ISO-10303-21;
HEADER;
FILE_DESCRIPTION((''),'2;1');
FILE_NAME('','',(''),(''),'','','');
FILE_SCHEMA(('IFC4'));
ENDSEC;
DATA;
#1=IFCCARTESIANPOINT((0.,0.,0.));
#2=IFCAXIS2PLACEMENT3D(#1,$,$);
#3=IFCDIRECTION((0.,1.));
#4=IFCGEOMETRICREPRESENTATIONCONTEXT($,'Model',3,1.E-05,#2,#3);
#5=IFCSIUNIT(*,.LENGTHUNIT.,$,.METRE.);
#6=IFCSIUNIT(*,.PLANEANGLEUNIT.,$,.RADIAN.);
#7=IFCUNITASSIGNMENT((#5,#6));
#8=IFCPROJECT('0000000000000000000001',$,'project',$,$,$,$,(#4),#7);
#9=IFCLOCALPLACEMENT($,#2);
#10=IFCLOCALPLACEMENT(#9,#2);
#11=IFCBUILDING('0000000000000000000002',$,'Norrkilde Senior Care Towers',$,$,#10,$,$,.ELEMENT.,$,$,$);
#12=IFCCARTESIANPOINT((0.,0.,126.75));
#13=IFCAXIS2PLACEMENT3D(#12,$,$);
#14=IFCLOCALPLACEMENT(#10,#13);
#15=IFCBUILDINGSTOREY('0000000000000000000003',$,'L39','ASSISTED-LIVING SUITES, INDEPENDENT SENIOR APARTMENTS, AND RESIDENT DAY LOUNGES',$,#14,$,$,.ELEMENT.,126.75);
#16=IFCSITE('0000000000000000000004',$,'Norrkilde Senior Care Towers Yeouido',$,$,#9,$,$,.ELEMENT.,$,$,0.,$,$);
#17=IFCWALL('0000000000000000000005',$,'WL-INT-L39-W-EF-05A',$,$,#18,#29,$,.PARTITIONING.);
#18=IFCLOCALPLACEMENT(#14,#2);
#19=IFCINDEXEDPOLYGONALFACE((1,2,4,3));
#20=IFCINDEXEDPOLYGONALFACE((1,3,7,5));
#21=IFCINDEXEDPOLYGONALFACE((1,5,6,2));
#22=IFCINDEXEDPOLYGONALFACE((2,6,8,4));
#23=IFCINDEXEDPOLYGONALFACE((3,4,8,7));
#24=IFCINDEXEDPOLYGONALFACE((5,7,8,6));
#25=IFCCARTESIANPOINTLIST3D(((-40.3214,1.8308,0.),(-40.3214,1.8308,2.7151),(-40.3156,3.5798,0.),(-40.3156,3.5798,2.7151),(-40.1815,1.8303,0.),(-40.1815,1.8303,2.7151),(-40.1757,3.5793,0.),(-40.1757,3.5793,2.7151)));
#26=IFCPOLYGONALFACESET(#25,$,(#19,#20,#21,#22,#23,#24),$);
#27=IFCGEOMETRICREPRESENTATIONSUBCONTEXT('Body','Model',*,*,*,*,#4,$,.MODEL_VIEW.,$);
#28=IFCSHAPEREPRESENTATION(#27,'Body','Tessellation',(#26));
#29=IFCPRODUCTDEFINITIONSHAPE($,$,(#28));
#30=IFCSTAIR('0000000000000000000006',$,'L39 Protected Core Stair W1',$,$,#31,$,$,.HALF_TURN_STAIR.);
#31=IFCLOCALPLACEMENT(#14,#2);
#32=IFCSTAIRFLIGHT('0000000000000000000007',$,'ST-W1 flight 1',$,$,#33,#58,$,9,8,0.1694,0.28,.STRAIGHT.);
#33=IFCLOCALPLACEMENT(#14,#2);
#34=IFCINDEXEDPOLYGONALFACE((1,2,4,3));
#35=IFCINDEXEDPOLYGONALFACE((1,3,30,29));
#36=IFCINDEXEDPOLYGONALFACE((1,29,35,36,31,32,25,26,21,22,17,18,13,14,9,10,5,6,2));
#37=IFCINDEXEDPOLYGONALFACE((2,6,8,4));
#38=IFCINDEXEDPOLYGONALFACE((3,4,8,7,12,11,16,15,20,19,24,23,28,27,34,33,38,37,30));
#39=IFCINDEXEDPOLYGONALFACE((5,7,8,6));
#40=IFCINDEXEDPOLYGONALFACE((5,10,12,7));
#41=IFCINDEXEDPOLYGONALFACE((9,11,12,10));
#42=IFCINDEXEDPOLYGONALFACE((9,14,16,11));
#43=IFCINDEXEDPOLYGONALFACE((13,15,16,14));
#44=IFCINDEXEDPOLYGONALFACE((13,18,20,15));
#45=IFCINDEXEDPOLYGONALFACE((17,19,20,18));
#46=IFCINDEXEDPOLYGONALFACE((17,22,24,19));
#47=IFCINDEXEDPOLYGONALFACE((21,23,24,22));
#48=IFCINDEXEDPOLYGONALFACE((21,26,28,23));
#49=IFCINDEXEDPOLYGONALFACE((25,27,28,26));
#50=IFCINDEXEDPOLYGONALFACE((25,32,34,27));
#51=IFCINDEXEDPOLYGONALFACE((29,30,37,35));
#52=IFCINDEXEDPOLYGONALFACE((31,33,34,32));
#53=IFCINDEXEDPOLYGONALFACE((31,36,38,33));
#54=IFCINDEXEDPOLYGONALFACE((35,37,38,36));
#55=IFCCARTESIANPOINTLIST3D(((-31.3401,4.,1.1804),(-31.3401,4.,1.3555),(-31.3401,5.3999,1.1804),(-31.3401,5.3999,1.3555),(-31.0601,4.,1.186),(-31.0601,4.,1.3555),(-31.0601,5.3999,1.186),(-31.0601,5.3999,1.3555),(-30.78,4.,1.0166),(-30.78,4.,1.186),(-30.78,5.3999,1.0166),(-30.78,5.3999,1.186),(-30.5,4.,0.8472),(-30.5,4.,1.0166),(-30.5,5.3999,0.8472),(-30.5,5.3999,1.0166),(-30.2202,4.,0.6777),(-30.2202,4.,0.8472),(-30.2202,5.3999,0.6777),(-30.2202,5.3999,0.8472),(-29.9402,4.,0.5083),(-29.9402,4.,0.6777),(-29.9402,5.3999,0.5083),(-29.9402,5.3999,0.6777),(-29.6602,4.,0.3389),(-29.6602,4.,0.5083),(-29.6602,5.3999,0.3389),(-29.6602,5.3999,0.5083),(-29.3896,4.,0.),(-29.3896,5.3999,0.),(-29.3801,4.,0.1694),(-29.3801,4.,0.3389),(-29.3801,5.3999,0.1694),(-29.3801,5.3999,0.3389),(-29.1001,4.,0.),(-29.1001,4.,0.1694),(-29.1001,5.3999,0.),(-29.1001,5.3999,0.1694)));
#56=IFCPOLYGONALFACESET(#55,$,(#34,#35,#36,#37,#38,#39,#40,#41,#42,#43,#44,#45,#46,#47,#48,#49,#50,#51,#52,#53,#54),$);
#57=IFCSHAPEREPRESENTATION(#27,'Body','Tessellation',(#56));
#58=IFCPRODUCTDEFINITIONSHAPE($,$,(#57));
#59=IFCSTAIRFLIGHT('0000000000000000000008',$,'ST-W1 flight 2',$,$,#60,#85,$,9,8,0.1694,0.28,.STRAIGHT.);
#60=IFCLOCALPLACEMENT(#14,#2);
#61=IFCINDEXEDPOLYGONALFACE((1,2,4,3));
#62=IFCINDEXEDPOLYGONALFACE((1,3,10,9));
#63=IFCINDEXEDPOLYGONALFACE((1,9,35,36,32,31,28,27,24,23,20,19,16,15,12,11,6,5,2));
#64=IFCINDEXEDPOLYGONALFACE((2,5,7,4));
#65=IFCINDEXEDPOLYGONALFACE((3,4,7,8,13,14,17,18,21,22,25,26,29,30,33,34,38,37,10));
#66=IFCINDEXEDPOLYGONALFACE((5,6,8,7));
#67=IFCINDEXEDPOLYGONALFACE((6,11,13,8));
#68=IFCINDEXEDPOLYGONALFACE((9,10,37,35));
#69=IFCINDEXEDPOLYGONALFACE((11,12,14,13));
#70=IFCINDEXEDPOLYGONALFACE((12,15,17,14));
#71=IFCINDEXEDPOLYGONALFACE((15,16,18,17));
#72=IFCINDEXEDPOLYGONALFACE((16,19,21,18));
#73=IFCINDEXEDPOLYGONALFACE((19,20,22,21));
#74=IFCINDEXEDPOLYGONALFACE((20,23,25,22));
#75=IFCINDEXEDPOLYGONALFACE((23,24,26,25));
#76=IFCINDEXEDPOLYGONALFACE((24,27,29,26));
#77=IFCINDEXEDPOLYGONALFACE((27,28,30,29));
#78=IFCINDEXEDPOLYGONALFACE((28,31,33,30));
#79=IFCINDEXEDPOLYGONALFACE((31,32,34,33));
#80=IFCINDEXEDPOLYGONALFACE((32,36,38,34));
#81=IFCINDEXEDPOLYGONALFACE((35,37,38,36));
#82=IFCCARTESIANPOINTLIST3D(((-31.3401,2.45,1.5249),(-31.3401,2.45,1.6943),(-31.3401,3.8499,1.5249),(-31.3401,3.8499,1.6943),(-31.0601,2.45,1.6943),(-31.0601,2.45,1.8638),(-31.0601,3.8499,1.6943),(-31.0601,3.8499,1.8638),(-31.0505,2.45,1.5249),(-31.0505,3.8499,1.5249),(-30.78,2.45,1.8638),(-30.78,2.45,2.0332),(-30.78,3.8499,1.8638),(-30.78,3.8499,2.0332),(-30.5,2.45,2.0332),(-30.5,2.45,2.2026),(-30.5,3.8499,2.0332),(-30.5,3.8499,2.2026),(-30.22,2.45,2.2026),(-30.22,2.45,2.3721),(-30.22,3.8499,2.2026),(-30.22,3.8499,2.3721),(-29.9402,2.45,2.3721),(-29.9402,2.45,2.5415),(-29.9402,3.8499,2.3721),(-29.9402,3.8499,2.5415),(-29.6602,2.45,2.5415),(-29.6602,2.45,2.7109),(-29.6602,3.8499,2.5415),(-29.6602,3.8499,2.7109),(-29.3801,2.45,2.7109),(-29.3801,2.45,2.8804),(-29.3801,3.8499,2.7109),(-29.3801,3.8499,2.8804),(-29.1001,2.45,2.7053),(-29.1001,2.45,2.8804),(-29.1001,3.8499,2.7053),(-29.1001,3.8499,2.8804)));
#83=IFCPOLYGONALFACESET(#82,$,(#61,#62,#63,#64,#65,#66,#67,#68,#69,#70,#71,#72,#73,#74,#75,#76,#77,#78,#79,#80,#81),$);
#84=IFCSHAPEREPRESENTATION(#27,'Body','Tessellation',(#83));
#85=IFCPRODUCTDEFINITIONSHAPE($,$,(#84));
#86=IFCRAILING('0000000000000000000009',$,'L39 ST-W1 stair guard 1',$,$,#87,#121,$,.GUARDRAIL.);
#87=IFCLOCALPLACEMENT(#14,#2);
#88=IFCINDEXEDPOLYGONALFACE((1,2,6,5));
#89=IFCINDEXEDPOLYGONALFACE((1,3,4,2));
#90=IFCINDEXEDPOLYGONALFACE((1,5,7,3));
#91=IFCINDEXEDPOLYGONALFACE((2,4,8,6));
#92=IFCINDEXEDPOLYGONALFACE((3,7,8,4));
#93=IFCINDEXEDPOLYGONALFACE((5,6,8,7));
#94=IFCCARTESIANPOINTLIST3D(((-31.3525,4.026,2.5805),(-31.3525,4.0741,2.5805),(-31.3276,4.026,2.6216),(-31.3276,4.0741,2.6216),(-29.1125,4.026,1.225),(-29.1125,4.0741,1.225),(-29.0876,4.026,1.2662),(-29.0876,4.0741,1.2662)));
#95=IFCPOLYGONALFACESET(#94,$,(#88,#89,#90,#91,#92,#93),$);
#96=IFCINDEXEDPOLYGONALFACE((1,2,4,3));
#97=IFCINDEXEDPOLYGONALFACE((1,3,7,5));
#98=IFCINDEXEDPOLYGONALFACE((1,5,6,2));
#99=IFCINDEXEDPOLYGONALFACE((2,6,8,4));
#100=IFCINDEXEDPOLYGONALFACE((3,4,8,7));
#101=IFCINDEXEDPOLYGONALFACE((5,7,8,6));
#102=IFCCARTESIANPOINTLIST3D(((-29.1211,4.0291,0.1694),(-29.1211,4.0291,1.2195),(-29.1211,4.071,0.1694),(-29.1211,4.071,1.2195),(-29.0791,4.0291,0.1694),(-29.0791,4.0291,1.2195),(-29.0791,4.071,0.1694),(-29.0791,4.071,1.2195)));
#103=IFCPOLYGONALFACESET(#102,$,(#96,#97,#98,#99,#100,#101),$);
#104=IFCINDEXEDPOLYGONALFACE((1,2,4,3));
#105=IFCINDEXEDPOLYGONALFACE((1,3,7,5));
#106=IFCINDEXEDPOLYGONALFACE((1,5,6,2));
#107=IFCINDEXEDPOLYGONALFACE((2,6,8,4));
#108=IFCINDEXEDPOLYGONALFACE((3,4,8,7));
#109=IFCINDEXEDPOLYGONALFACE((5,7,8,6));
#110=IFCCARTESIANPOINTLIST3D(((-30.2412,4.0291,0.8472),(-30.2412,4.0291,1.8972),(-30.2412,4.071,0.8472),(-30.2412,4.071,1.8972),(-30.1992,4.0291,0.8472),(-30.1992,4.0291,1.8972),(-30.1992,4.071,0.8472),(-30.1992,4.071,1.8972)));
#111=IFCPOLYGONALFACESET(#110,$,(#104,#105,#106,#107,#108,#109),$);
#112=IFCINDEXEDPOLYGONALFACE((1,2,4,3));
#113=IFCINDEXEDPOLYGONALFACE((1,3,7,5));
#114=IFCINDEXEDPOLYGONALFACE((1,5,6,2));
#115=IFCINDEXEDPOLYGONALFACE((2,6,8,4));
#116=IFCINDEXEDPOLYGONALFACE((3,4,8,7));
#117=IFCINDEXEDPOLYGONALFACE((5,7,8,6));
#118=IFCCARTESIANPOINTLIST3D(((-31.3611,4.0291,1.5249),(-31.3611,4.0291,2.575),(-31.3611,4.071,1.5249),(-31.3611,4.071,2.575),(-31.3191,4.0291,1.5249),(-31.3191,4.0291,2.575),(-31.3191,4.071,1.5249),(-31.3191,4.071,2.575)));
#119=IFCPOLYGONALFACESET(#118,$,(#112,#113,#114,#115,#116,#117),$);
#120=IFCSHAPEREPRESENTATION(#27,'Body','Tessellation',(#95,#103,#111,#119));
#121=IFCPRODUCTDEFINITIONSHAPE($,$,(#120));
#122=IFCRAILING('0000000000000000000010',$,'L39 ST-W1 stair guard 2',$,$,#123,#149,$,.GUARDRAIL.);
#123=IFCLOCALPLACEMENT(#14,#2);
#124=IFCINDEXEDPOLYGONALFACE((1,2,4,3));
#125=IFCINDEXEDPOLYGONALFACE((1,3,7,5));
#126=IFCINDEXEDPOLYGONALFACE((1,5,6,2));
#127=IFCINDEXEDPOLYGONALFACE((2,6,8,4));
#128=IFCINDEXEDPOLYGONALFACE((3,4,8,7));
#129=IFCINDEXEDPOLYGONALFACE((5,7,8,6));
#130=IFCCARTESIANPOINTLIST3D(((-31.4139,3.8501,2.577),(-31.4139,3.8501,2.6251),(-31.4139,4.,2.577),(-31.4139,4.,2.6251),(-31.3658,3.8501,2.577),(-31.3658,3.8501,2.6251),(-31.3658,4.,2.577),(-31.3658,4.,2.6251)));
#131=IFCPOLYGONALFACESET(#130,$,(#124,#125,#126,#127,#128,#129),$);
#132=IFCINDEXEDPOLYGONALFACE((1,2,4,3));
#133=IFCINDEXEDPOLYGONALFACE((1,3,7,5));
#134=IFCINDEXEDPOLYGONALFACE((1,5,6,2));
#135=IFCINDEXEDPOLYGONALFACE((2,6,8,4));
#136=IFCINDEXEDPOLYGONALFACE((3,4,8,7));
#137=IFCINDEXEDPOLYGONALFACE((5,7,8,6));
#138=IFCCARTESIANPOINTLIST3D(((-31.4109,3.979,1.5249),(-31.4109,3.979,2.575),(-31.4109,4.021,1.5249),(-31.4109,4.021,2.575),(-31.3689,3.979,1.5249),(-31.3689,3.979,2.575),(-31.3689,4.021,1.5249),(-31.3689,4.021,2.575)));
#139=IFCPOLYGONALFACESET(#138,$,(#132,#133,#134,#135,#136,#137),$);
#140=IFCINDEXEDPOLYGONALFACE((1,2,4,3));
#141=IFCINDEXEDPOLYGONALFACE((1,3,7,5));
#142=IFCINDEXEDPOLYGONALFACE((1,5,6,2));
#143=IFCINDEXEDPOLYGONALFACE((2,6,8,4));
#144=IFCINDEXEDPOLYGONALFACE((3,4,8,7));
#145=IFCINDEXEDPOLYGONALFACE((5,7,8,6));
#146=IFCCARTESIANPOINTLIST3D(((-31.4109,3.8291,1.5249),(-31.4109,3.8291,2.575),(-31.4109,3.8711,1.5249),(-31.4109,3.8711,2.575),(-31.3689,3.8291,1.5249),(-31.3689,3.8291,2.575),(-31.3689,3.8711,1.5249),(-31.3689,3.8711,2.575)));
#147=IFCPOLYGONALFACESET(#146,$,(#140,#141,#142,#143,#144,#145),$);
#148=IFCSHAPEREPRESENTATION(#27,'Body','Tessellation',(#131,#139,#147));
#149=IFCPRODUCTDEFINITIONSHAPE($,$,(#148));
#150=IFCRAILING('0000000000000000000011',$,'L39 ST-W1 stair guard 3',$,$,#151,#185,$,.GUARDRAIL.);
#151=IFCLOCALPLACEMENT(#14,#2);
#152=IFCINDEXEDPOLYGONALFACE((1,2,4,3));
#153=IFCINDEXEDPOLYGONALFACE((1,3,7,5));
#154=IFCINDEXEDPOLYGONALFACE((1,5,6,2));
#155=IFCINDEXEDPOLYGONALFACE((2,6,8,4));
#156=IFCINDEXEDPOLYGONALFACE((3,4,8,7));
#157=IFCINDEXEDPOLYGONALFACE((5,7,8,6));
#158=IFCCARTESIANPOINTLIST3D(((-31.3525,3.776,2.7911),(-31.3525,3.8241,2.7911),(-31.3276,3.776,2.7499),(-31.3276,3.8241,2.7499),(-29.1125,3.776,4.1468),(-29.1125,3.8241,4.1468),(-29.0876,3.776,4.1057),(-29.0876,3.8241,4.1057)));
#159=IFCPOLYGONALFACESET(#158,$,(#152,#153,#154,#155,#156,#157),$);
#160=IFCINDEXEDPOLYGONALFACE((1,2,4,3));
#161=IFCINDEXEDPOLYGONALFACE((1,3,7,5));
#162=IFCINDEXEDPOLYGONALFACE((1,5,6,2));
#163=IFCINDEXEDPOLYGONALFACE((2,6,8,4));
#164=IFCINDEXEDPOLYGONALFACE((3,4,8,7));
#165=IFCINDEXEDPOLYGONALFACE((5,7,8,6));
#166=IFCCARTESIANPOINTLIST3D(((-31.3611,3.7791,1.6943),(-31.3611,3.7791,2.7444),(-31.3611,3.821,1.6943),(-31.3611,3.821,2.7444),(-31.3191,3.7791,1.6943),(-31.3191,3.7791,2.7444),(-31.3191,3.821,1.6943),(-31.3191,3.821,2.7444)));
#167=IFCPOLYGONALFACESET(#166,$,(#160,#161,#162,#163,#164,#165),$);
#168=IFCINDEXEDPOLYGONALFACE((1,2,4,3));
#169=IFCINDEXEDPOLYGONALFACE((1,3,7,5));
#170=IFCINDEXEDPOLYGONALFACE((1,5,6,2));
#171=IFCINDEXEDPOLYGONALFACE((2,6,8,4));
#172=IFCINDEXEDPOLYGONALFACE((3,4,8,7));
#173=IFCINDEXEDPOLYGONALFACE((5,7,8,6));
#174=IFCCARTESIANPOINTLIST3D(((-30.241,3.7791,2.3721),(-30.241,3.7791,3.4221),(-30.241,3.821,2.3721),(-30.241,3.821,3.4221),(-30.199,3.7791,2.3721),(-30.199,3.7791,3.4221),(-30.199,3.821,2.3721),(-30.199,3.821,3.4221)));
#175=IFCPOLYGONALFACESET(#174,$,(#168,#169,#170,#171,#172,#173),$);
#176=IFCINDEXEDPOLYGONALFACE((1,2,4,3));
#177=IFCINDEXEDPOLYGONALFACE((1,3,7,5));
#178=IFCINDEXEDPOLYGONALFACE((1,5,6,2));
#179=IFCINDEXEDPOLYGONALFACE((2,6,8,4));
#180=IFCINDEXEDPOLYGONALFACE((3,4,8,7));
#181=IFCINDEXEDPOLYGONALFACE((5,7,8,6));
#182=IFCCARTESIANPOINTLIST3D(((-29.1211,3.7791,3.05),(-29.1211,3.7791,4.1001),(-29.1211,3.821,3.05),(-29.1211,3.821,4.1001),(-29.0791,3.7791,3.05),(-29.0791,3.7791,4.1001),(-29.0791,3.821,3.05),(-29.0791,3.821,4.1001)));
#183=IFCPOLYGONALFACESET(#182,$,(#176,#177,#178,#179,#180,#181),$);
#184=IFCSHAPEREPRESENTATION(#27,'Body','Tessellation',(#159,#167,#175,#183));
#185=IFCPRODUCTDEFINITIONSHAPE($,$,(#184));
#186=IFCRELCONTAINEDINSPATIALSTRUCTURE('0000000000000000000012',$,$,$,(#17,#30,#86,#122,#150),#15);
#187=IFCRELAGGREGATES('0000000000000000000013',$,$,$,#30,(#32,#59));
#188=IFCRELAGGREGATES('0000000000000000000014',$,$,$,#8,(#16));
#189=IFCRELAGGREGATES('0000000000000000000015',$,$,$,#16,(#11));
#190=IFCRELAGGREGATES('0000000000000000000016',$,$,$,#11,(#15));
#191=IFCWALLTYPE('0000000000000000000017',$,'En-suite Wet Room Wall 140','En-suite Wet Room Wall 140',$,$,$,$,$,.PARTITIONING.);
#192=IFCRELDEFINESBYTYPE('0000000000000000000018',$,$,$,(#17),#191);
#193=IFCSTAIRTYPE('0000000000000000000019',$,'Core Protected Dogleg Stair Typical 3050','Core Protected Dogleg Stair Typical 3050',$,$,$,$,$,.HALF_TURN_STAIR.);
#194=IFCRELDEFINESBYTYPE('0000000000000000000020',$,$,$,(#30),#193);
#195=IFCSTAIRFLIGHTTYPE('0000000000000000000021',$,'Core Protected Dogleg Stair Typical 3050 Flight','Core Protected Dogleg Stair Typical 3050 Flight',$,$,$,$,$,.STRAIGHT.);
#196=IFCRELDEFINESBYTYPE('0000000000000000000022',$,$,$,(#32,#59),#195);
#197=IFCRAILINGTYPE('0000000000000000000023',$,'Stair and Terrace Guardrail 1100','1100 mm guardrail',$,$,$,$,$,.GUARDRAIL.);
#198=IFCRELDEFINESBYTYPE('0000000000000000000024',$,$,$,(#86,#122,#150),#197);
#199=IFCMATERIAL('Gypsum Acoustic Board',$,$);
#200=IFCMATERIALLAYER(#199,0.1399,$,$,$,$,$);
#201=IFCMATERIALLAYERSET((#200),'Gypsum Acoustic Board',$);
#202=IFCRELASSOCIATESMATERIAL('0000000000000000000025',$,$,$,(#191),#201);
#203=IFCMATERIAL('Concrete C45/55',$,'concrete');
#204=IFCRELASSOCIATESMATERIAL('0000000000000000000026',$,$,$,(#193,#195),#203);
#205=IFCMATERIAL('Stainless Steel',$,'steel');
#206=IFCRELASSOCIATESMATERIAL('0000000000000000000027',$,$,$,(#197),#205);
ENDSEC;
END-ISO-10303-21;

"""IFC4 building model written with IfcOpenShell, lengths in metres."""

from ifc_helpers import new_model, si_unit, direction, frame, frame_2d, origin, origin_2d, place, context, subcontext, project, spatial, polyline, rectangle, outline, extrude, source, transform, mapped, material, layer, layer_set, type_object, element, aggregate, save


model = new_model("IFC4")

# Units and contexts
model_context = context("Model", 3, precision=1e-05, world=origin(), true_north=direction((0.0, 1.0)))
body_context = subcontext(model_context, "Body", "Model", "MODEL_VIEW")
ifc_project = project(units=[si_unit("LENGTHUNIT", "METRE"), si_unit("PLANEANGLEUNIT", "RADIAN")], contexts=[model_context])

# Site, building, storey
site_placement = place(None, origin())
site = spatial("IfcSite", under=ifc_project, at=site_placement, Name="Norrkilde Senior Care Towers Yeouido", CompositionType="ELEMENT", RefElevation=0.0)
building_placement = place(site_placement, origin())
building = spatial("IfcBuilding", under=site, at=building_placement, Name="Norrkilde Senior Care Towers", CompositionType="ELEMENT")
storey_placement = place(building_placement, frame((0.0, 0.0, 126.75)))
storey = spatial("IfcBuildingStorey", under=building, at=storey_placement, Name="L39", Description="ASSISTED-LIVING SUITES, INDEPENDENT SENIOR APARTMENTS, AND RESIDENT DAY LOUNGES", CompositionType="ELEMENT", Elevation=126.75)

# Shared definitions
ifc_material_1 = material(Name="Concrete C45/55", Category="concrete")
ifc_material_2 = material(Name="Gypsum Acoustic Board")

# Shared definitions
ifc_layer_1 = layer(ifc_material_2, 0.1399)
ifc_layer_set_1 = layer_set([ifc_layer_1], Name="Gypsum Acoustic Board")
wall_type_1 = type_object("IfcWallType", Name="En-suite Wet Room Wall 140", Description="En-suite Wet Room Wall 140", PredefinedType="PARTITIONING", material=ifc_layer_set_1)

# Wall
shared_shape_1 = source(origin(), body_context, "Body", "SweptSolid", [
    extrude(rectangle(XDim=1.749, YDim=0.1399, at=frame_2d((0.8745, 0.0))), origin(), (0.0, 0.0, 1.0), 2.7151),
])
wall_1_placement = place(storey_placement, frame((-40.2515, 1.8306, 0.0), z_axis=(0.0, 0.0, 1.0), x_axis=(0.00335, 0.999994, 0.0)))
element("IfcWall", 1, at=wall_1_placement, inside=storey, type_object=wall_type_1, Name="WL-INT-L39-W-EF-05A", PredefinedType="PARTITIONING", context=body_context, shape_type="MappedRepresentation", body=[
    mapped(shared_shape_1, transform((0.0, 0.0, 0.0), x_axis=(1.0, 0.0, 0.0), y_axis=(0.0, 1.0, 0.0), z_axis=(0.0, 0.0, 1.0), scale=1.0)),
])

# Stair, stair flights
stair_type = type_object("IfcStairType", Name="Core Protected Dogleg Stair Typical 3050", Description="Core Protected Dogleg Stair Typical 3050", PredefinedType="HALF_TURN_STAIR", material=ifc_material_1)
stair_placement = place(storey_placement, origin())
stair = element("IfcStair", 2, at=stair_placement, inside=storey, type_object=stair_type, Name="L39 Protected Core Stair W1", PredefinedType="HALF_TURN_STAIR")
stair_flight_type = type_object("IfcStairFlightType", Name="Core Protected Dogleg Stair Typical 3050 Flight", Description="Core Protected Dogleg Stair Typical 3050 Flight", PredefinedType="STRAIGHT", material=ifc_material_1)
stair_flight_1_placement = place(storey_placement, frame((-29.1001, 4.7, 0.0), z_axis=(0.0, 0.0, 1.0), x_axis=(-1.0, 0.0, 0.0)))
stair_flight_1 = element("IfcStairFlight", 3, at=stair_flight_1_placement, type_object=stair_flight_type, Name="ST-W1 flight 1", NumberOfRisers=9, NumberOfTreads=8, PredefinedType="STRAIGHT", RiserHeight=0.1694, TreadLength=0.28, context=body_context, shape_type="SweptSolid", body=[
    extrude(outline(polyline([(0.0, 0.0), (0.0, 0.1694), (0.28, 0.1694), (0.28, 0.3389), (0.5601, 0.3389), (0.5601, 0.5083), (0.8401, 0.5083), (0.8401, 0.6777), (1.1201, 0.6777), (1.1201, 0.8472), (1.3999, 0.8472), (1.3999, 1.0166), (1.6799, 1.0166), (1.6799, 1.186), (1.96, 1.186), (1.96, 1.3555), (2.24, 1.3555), (2.24, 1.5249), (2.24, 1.1804), (0.2896, 0.0), (0.0, 0.0)])), frame((0.0, 0.7, 0.0), z_axis=(0.0, -1.0, 0.0), x_axis=(1.0, 0.0, 0.0)), (0.0, 0.0, 1.0), 1.3999),
])
stair_flight_2_placement = place(storey_placement, frame((-31.3401, 3.1499, 1.5249), z_axis=(0.0, 0.0, 1.0), x_axis=(1.0, 0.0, 0.0)))
stair_flight_2 = element("IfcStairFlight", 4, at=stair_flight_2_placement, type_object=stair_flight_type, Name="ST-W1 flight 2", NumberOfRisers=9, NumberOfTreads=8, PredefinedType="STRAIGHT", RiserHeight=0.1694, TreadLength=0.28, context=body_context, shape_type="SweptSolid", body=[
    extrude(outline(polyline([(0.0, 0.0), (0.0, 0.1694), (0.28, 0.1694), (0.28, 0.3389), (0.5601, 0.3389), (0.5601, 0.5083), (0.8401, 0.5083), (0.8401, 0.6777), (1.1201, 0.6777), (1.1201, 0.8472), (1.3999, 0.8472), (1.3999, 1.0166), (1.6799, 1.0166), (1.6799, 1.186), (1.96, 1.186), (1.96, 1.3555), (2.24, 1.3555), (2.24, 1.5249), (2.24, 1.1804), (0.2896, 0.0), (0.0, 0.0)])), frame((0.0, 0.7, 0.0), z_axis=(0.0, -1.0, 0.0), x_axis=(1.0, 0.0, 0.0)), (0.0, 0.0, 1.0), 1.3999),
])
aggregate(stair, [stair_flight_1, stair_flight_2])

# Railings
ifc_material_3 = material(Name="Stainless Steel", Category="steel")
railing_type_1 = type_object("IfcRailingType", Name="Stair and Terrace Guardrail 1100", Description="1100 mm guardrail", PredefinedType="GUARDRAIL", material=ifc_material_3)
railing_1_placement = place(storey_placement, frame((-29.1001, 4.05, 0.1694)))
element("IfcRailing", 5, at=railing_1_placement, inside=storey, type_object=railing_type_1, Name="L39 ST-W1 stair guard 1", PredefinedType="GUARDRAIL", context=body_context, shape_type="SweptSolid", body=[
    extrude(rectangle(XDim=0.0481, YDim=0.0481, at=origin_2d()), frame((0.0, 0.0, 1.0762), z_axis=(-0.855553, 0.0, 0.517715), x_axis=(0.0, -1.0, 0.0)), (0.0, 0.0, 1.0), 2.6182),
    extrude(rectangle(XDim=0.042, YDim=0.042, at=origin_2d()), origin(), (0.0, 0.0, 1.0), 1.05),
    extrude(rectangle(XDim=0.042, YDim=0.042, at=origin_2d()), frame((-1.1201, 0.0, 0.6777)), (0.0, 0.0, 1.0), 1.05),
    extrude(rectangle(XDim=0.042, YDim=0.042, at=origin_2d()), frame((-2.24, 0.0, 1.3555)), (0.0, 0.0, 1.0), 1.05),
])
railing_2_placement = place(storey_placement, frame((-31.3899, 4.0, 1.5249)))
element("IfcRailing", 6, at=railing_2_placement, inside=storey, type_object=railing_type_1, Name="L39 ST-W1 stair guard 2", PredefinedType="GUARDRAIL", context=body_context, shape_type="SweptSolid", body=[
    extrude(rectangle(XDim=0.0481, YDim=0.0481, at=origin_2d()), frame((0.0, 0.0, 1.0762), z_axis=(0.0, -1.0, 0.0), x_axis=(1.0, 0.0, 0.0)), (0.0, 0.0, 1.0), 0.1499),
    extrude(rectangle(XDim=0.042, YDim=0.042, at=origin_2d()), origin(), (0.0, 0.0, 1.0), 1.05),
    extrude(rectangle(XDim=0.042, YDim=0.042, at=origin_2d()), frame((0.0, -0.1499, 0.0)), (0.0, 0.0, 1.0), 1.05),
])
railing_3_placement = place(storey_placement, frame((-31.3401, 3.8, 1.6943)))
element("IfcRailing", 7, at=railing_3_placement, inside=storey, type_object=railing_type_1, Name="L39 ST-W1 stair guard 3", PredefinedType="GUARDRAIL", context=body_context, shape_type="SweptSolid", body=[
    extrude(rectangle(XDim=0.0481, YDim=0.0481, at=origin_2d()), frame((0.0, 0.0, 1.0762), z_axis=(0.855512, 0.0, 0.517783), x_axis=(0.0, 1.0, 0.0)), (0.0, 0.0, 1.0), 2.6184),
    extrude(rectangle(XDim=0.042, YDim=0.042, at=origin_2d()), origin(), (0.0, 0.0, 1.0), 1.05),
    extrude(rectangle(XDim=0.042, YDim=0.042, at=origin_2d()), frame((1.1201, 0.0, 0.6777)), (0.0, 0.0, 1.0), 1.05),
    extrude(rectangle(XDim=0.042, YDim=0.042, at=origin_2d()), frame((2.24, 0.0, 1.3557)), (0.0, 0.0, 1.0), 1.05),
])

save(model, "model.ifc")
